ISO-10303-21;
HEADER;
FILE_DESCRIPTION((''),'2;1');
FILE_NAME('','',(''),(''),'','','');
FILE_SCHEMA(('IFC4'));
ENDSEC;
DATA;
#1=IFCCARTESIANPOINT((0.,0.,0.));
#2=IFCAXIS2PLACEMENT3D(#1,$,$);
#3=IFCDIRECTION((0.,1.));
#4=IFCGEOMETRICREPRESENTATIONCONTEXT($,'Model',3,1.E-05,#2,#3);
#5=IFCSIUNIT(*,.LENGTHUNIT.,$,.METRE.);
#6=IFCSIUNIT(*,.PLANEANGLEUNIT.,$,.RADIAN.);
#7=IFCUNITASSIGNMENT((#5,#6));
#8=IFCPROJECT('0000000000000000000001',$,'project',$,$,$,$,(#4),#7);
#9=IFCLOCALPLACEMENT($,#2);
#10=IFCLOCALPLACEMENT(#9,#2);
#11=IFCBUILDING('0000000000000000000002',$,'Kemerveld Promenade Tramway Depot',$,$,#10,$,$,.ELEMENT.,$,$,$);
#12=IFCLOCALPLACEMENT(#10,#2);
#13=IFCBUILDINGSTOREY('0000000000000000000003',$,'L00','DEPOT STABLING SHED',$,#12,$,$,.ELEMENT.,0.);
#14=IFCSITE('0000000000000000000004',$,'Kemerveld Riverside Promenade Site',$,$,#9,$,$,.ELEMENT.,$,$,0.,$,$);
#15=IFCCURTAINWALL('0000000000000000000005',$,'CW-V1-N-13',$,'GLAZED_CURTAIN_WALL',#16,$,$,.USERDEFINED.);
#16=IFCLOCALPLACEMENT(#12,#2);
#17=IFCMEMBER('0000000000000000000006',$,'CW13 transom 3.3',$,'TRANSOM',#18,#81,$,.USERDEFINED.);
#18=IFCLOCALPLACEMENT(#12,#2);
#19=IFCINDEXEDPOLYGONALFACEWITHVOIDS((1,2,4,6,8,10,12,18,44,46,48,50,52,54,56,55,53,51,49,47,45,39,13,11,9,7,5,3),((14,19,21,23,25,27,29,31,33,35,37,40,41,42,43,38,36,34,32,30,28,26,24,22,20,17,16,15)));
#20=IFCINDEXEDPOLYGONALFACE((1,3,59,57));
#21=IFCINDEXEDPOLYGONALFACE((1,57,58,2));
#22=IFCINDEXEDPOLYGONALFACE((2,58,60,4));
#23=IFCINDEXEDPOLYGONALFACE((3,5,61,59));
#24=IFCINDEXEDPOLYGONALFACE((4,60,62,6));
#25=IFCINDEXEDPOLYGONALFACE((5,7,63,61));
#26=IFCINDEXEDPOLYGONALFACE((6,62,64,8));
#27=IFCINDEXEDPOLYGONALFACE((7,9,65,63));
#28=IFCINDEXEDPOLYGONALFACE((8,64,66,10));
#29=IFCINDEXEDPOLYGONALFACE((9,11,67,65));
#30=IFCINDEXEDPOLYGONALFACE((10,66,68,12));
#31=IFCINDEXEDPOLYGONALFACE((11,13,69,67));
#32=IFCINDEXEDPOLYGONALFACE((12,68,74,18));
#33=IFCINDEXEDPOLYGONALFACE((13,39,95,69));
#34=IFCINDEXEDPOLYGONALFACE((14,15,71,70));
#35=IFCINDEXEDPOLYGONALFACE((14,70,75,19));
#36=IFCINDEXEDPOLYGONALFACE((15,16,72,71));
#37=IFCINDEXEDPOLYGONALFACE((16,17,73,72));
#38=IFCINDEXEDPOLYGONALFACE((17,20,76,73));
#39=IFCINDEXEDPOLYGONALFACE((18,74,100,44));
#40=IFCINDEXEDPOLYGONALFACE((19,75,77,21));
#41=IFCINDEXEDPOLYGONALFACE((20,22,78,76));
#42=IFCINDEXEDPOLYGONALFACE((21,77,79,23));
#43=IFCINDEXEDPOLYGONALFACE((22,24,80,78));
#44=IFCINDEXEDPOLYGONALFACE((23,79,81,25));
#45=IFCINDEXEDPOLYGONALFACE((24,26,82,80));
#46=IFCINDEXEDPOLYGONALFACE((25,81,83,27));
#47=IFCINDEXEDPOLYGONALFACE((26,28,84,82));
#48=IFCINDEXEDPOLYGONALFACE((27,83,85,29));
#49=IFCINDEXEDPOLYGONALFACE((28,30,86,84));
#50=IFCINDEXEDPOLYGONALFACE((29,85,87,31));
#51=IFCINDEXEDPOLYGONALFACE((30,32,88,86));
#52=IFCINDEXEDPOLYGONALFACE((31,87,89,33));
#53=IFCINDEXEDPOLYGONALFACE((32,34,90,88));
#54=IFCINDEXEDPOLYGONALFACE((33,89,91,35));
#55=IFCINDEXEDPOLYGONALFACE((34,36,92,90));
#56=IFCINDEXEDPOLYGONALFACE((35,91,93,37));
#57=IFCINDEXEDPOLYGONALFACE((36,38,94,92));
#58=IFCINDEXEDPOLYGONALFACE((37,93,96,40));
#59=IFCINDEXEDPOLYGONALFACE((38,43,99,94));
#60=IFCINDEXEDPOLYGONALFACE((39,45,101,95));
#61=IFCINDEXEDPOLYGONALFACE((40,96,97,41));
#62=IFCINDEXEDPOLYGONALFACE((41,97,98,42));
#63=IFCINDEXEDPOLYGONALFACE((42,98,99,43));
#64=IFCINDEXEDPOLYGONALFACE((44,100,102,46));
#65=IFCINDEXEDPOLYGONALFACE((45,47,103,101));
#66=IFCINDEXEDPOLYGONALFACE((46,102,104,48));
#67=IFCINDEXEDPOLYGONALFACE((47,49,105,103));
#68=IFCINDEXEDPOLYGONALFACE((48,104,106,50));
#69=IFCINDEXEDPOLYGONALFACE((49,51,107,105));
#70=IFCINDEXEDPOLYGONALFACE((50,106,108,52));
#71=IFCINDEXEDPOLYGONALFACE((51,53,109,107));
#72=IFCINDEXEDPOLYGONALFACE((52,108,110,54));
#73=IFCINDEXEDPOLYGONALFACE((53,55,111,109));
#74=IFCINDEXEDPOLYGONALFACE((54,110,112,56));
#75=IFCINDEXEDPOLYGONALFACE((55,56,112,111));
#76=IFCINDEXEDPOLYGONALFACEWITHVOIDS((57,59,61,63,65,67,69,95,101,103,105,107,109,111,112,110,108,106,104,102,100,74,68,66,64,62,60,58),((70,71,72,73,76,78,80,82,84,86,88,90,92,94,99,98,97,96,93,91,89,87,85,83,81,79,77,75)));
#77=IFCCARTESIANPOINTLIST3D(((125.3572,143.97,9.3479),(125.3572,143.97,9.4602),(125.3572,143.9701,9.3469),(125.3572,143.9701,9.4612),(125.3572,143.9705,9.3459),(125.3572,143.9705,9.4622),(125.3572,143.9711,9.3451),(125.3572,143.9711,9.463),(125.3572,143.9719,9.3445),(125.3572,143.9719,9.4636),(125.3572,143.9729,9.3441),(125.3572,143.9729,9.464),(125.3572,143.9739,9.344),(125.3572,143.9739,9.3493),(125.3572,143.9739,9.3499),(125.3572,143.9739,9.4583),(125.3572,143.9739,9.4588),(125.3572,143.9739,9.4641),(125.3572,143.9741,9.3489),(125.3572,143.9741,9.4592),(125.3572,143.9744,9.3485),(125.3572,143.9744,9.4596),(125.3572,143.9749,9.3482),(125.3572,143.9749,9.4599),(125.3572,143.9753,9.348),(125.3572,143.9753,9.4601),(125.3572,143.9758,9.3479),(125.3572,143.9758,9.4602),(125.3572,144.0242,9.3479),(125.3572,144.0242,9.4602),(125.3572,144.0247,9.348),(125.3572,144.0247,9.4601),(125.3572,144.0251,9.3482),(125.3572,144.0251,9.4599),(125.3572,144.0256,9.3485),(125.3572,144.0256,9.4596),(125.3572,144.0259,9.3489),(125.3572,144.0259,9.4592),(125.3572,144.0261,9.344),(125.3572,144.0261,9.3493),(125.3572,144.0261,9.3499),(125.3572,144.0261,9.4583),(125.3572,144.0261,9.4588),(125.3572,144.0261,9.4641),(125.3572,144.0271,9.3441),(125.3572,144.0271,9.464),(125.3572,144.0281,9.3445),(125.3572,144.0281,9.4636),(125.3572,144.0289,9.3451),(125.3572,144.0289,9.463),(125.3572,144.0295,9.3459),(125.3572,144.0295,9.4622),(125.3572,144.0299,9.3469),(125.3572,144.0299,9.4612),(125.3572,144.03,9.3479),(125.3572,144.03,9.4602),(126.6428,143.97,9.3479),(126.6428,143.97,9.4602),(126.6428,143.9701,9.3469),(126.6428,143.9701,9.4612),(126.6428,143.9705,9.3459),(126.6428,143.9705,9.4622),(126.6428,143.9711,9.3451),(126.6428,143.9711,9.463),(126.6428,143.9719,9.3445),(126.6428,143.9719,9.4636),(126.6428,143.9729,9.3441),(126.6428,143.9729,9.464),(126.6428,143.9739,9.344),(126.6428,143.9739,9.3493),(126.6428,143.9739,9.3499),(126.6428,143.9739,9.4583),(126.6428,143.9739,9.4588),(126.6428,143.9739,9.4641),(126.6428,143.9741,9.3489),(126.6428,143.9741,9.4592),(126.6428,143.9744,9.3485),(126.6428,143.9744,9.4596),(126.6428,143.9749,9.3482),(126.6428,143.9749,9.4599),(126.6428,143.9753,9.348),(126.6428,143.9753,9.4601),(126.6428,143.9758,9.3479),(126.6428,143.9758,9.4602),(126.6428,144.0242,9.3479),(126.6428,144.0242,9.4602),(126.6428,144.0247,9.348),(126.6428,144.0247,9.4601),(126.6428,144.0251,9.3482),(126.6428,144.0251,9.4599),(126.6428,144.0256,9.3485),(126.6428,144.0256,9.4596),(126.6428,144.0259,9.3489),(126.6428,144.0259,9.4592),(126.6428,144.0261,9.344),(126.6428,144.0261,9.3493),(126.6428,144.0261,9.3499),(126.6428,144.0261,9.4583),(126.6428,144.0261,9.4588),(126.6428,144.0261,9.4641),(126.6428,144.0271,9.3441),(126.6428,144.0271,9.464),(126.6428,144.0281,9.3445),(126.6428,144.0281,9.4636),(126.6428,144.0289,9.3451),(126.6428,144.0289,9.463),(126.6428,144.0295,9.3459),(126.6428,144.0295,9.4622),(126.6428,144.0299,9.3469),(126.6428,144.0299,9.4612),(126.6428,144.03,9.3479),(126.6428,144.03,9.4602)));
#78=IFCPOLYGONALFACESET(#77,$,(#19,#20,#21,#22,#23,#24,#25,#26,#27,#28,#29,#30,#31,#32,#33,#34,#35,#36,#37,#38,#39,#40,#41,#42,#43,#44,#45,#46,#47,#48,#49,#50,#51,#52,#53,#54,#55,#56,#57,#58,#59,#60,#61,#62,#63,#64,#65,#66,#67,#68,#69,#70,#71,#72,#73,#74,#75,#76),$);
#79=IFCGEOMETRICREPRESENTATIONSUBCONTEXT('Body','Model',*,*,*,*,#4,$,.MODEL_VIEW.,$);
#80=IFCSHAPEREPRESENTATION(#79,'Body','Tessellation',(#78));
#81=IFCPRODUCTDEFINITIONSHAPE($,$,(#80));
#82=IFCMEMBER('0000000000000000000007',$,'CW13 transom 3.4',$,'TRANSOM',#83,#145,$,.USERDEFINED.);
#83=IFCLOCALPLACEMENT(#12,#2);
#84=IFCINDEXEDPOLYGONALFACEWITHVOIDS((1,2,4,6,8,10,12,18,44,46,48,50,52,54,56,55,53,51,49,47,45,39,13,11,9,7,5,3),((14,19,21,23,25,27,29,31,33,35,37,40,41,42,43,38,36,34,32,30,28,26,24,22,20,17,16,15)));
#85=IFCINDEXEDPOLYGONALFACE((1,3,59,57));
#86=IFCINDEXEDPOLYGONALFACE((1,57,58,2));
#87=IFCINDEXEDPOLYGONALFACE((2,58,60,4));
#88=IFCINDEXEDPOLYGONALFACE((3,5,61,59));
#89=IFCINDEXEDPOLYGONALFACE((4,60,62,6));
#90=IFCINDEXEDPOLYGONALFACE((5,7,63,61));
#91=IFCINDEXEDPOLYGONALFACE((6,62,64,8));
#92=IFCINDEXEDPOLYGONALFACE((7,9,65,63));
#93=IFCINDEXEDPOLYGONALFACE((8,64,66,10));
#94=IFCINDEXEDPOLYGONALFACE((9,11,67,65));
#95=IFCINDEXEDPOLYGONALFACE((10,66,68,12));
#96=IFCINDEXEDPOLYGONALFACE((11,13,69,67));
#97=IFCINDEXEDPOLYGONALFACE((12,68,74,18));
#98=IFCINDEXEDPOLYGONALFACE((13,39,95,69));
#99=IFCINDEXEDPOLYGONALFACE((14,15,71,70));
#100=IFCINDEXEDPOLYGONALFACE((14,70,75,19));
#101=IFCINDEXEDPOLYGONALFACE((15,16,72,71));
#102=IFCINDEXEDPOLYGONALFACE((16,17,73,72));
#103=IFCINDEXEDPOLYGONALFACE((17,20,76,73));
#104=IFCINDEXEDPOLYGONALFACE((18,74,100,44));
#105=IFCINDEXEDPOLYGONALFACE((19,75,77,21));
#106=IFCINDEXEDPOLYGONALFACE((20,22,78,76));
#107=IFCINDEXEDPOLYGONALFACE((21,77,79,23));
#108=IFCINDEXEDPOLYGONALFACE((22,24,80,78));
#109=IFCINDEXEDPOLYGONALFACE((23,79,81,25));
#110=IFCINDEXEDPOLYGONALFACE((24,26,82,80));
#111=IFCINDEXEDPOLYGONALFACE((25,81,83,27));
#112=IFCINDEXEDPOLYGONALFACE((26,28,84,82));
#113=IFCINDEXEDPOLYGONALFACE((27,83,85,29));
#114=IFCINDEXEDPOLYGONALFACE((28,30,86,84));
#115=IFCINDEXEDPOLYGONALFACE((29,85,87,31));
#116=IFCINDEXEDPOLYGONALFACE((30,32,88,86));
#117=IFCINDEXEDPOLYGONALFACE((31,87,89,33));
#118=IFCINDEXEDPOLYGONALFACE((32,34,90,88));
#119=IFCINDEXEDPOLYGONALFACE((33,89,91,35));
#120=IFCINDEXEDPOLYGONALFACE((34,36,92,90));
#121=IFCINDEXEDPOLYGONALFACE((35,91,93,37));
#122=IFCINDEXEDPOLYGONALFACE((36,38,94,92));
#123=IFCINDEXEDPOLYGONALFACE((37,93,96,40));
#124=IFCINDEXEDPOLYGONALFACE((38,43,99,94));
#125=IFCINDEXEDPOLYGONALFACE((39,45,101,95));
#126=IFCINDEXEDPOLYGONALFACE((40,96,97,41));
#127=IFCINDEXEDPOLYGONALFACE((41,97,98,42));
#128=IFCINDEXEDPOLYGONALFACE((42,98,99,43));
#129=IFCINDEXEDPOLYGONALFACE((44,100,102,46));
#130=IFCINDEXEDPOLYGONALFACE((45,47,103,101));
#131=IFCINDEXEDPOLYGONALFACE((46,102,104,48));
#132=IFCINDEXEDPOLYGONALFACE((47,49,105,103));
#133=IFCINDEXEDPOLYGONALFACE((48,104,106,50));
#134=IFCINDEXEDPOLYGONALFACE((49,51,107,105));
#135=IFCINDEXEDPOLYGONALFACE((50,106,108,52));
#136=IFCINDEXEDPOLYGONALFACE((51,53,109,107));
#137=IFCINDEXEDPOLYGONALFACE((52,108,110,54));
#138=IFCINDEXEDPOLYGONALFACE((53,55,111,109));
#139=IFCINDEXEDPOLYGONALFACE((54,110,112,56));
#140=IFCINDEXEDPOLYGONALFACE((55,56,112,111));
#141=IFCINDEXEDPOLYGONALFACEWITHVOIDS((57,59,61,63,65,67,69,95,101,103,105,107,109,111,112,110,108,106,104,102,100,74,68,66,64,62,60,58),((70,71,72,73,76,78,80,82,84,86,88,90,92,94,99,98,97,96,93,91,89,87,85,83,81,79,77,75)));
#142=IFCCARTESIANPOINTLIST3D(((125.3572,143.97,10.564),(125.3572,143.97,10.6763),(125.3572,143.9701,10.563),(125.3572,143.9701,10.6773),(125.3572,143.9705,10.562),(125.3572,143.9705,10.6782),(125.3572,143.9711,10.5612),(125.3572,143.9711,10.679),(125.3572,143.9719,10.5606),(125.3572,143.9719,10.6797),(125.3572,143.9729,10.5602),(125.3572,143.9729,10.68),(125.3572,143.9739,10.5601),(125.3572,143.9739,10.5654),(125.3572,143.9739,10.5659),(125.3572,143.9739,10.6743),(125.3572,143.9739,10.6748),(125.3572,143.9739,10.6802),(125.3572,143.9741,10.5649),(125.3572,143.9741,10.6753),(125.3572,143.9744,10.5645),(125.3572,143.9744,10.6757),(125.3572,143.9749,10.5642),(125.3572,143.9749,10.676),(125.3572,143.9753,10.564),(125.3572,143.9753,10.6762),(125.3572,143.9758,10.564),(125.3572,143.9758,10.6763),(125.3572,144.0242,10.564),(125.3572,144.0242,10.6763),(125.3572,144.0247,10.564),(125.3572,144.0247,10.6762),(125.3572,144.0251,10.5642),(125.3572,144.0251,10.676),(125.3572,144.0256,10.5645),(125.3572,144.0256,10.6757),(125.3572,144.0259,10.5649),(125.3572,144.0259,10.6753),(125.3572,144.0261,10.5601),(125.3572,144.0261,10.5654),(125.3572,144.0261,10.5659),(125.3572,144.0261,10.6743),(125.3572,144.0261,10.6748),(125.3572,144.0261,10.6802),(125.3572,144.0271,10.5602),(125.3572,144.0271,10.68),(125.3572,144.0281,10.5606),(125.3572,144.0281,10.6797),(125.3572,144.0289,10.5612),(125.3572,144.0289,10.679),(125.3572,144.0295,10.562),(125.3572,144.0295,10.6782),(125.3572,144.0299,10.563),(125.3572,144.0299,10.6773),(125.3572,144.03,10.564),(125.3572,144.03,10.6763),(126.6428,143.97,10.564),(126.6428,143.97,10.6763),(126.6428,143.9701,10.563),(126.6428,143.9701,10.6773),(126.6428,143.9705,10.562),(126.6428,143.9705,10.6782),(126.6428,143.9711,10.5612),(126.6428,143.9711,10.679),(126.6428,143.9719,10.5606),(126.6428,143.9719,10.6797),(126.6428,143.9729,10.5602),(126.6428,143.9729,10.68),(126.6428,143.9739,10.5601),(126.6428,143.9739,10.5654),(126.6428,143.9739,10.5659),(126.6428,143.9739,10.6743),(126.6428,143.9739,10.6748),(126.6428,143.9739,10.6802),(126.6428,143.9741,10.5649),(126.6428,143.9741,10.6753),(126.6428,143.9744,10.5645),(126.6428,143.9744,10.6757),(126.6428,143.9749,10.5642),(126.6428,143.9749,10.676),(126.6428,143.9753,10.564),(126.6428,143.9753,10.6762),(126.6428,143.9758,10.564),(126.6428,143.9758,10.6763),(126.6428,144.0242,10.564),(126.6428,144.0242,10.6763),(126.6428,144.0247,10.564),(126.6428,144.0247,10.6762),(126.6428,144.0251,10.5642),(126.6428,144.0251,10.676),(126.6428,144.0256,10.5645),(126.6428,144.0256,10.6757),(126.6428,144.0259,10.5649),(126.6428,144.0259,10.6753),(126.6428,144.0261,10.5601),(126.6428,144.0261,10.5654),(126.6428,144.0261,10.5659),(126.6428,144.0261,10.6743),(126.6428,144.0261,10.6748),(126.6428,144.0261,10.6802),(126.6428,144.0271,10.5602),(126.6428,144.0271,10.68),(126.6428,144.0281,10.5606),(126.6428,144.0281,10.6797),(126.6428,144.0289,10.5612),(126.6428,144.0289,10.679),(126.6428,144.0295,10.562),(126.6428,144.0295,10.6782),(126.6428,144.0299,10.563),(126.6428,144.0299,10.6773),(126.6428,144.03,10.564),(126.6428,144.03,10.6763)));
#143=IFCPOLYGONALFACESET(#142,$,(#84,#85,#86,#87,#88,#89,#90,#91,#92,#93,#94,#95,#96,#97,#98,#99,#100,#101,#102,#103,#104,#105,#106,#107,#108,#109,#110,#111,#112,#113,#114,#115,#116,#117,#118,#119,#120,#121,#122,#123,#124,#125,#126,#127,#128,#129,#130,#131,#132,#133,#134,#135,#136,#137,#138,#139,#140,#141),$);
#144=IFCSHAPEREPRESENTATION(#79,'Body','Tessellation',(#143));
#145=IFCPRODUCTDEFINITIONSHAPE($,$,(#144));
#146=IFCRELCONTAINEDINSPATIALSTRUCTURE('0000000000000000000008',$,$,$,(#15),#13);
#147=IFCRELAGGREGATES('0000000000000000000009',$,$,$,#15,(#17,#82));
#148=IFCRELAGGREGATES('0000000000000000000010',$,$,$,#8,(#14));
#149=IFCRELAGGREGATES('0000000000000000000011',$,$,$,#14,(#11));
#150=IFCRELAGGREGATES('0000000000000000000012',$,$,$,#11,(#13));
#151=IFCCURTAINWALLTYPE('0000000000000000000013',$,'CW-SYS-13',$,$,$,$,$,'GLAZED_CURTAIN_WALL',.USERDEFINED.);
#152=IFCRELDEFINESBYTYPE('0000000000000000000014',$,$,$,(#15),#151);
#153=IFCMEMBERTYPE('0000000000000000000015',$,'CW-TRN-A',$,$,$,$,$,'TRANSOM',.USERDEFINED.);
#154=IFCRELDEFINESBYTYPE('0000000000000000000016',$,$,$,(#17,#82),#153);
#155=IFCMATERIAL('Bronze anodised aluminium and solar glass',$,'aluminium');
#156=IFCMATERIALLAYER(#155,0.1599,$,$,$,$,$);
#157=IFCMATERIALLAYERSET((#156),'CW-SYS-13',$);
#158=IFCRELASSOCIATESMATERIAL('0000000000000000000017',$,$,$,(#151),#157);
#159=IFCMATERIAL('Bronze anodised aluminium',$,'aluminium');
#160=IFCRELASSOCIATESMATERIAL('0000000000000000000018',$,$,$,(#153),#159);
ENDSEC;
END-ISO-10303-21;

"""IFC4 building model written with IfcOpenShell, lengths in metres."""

from ifc_helpers import new_model, si_unit, direction, frame, origin, origin_2d, place, context, subcontext, project, spatial, hollow_rectangle, extrude, material, layer, layer_set, material_profile, profile_set, type_object, element, aggregate, save


model = new_model("IFC4")

# Units and contexts
model_context = context("Model", 3, precision=1e-05, world=origin(), true_north=direction((0.0, 1.0)))
body_context = subcontext(model_context, "Body", "Model", "MODEL_VIEW")
ifc_project = project(units=[si_unit("LENGTHUNIT", "METRE"), si_unit("PLANEANGLEUNIT", "RADIAN")], contexts=[model_context])

# Site, building, storey
site_placement = place(None, origin())
site = spatial("IfcSite", under=ifc_project, at=site_placement, Name="Kemerveld Riverside Promenade Site", CompositionType="ELEMENT", RefElevation=0.0)
building_placement = place(site_placement, origin())
building = spatial("IfcBuilding", under=site, at=building_placement, Name="Kemerveld Promenade Tramway Depot", CompositionType="ELEMENT")
storey_placement = place(building_placement, origin())
storey = spatial("IfcBuildingStorey", under=building, at=storey_placement, Name="L00", Description="DEPOT STABLING SHED", CompositionType="ELEMENT", Elevation=0.0)

# Curtain wall, members
ifc_material_1 = material(Name="Bronze anodised aluminium and solar glass", Category="aluminium")
ifc_layer_1 = layer(ifc_material_1, 0.1599)
ifc_layer_set_1 = layer_set([ifc_layer_1], Name="CW-SYS-13")
curtain_wall_type_1 = type_object("IfcCurtainWallType", Name="CW-SYS-13", ElementType="GLAZED_CURTAIN_WALL", PredefinedType="USERDEFINED", material=ifc_layer_set_1)
curtain_wall_1_placement = place(storey_placement, origin())
curtain_wall_1 = element("IfcCurtainWall", 1, at=curtain_wall_1_placement, inside=storey, type_object=curtain_wall_type_1, Name="CW-V1-N-13", ObjectType="GLAZED_CURTAIN_WALL", PredefinedType="USERDEFINED")
ifc_material_2 = material(Name="Bronze anodised aluminium", Category="aluminium")
ifc_material_profile_1 = material_profile(ifc_material_2, hollow_rectangle(XDim=0.0601, YDim=0.1201, WallThickness=0.0039, InnerFilletRadius=0.002, OuterFilletRadius=0.0039, at=origin_2d()), Name="CW-TRN-120x60")
ifc_profile_set_1 = profile_set([ifc_material_profile_1], Name="Bronze anodised aluminium")
member_type_1 = type_object("IfcMemberType", Name="CW-TRN-A", ElementType="TRANSOM", PredefinedType="USERDEFINED", material=ifc_profile_set_1)
member_1_placement = place(storey_placement, frame((125.3572, 144.0, 9.4041), z_axis=(1.0, 0.0, 0.0), x_axis=(0.0, 1.0, 0.0)))
member_1 = element("IfcMember", 2, at=member_1_placement, type_object=member_type_1, Name="CW13 transom 3.3", ObjectType="TRANSOM", PredefinedType="USERDEFINED", context=body_context, shape_type="SweptSolid", body=[
    extrude(hollow_rectangle(XDim=0.0601, YDim=0.1201, WallThickness=0.0039, InnerFilletRadius=0.002, OuterFilletRadius=0.0039, at=origin_2d()), origin(), (0.0, 0.0, 1.0), 1.2856),
])
member_2_placement = place(storey_placement, frame((125.3572, 144.0, 10.6201), z_axis=(1.0, 0.0, 0.0), x_axis=(0.0, 1.0, 0.0)))
member_2 = element("IfcMember", 3, at=member_2_placement, type_object=member_type_1, Name="CW13 transom 3.4", ObjectType="TRANSOM", PredefinedType="USERDEFINED", context=body_context, shape_type="SweptSolid", body=[
    extrude(hollow_rectangle(XDim=0.0601, YDim=0.1201, WallThickness=0.0039, InnerFilletRadius=0.002, OuterFilletRadius=0.0039, at=origin_2d()), origin(), (0.0, 0.0, 1.0), 1.2856),
])

aggregate(curtain_wall_1, [member_1, member_2])

save(model, "model.ifc")
